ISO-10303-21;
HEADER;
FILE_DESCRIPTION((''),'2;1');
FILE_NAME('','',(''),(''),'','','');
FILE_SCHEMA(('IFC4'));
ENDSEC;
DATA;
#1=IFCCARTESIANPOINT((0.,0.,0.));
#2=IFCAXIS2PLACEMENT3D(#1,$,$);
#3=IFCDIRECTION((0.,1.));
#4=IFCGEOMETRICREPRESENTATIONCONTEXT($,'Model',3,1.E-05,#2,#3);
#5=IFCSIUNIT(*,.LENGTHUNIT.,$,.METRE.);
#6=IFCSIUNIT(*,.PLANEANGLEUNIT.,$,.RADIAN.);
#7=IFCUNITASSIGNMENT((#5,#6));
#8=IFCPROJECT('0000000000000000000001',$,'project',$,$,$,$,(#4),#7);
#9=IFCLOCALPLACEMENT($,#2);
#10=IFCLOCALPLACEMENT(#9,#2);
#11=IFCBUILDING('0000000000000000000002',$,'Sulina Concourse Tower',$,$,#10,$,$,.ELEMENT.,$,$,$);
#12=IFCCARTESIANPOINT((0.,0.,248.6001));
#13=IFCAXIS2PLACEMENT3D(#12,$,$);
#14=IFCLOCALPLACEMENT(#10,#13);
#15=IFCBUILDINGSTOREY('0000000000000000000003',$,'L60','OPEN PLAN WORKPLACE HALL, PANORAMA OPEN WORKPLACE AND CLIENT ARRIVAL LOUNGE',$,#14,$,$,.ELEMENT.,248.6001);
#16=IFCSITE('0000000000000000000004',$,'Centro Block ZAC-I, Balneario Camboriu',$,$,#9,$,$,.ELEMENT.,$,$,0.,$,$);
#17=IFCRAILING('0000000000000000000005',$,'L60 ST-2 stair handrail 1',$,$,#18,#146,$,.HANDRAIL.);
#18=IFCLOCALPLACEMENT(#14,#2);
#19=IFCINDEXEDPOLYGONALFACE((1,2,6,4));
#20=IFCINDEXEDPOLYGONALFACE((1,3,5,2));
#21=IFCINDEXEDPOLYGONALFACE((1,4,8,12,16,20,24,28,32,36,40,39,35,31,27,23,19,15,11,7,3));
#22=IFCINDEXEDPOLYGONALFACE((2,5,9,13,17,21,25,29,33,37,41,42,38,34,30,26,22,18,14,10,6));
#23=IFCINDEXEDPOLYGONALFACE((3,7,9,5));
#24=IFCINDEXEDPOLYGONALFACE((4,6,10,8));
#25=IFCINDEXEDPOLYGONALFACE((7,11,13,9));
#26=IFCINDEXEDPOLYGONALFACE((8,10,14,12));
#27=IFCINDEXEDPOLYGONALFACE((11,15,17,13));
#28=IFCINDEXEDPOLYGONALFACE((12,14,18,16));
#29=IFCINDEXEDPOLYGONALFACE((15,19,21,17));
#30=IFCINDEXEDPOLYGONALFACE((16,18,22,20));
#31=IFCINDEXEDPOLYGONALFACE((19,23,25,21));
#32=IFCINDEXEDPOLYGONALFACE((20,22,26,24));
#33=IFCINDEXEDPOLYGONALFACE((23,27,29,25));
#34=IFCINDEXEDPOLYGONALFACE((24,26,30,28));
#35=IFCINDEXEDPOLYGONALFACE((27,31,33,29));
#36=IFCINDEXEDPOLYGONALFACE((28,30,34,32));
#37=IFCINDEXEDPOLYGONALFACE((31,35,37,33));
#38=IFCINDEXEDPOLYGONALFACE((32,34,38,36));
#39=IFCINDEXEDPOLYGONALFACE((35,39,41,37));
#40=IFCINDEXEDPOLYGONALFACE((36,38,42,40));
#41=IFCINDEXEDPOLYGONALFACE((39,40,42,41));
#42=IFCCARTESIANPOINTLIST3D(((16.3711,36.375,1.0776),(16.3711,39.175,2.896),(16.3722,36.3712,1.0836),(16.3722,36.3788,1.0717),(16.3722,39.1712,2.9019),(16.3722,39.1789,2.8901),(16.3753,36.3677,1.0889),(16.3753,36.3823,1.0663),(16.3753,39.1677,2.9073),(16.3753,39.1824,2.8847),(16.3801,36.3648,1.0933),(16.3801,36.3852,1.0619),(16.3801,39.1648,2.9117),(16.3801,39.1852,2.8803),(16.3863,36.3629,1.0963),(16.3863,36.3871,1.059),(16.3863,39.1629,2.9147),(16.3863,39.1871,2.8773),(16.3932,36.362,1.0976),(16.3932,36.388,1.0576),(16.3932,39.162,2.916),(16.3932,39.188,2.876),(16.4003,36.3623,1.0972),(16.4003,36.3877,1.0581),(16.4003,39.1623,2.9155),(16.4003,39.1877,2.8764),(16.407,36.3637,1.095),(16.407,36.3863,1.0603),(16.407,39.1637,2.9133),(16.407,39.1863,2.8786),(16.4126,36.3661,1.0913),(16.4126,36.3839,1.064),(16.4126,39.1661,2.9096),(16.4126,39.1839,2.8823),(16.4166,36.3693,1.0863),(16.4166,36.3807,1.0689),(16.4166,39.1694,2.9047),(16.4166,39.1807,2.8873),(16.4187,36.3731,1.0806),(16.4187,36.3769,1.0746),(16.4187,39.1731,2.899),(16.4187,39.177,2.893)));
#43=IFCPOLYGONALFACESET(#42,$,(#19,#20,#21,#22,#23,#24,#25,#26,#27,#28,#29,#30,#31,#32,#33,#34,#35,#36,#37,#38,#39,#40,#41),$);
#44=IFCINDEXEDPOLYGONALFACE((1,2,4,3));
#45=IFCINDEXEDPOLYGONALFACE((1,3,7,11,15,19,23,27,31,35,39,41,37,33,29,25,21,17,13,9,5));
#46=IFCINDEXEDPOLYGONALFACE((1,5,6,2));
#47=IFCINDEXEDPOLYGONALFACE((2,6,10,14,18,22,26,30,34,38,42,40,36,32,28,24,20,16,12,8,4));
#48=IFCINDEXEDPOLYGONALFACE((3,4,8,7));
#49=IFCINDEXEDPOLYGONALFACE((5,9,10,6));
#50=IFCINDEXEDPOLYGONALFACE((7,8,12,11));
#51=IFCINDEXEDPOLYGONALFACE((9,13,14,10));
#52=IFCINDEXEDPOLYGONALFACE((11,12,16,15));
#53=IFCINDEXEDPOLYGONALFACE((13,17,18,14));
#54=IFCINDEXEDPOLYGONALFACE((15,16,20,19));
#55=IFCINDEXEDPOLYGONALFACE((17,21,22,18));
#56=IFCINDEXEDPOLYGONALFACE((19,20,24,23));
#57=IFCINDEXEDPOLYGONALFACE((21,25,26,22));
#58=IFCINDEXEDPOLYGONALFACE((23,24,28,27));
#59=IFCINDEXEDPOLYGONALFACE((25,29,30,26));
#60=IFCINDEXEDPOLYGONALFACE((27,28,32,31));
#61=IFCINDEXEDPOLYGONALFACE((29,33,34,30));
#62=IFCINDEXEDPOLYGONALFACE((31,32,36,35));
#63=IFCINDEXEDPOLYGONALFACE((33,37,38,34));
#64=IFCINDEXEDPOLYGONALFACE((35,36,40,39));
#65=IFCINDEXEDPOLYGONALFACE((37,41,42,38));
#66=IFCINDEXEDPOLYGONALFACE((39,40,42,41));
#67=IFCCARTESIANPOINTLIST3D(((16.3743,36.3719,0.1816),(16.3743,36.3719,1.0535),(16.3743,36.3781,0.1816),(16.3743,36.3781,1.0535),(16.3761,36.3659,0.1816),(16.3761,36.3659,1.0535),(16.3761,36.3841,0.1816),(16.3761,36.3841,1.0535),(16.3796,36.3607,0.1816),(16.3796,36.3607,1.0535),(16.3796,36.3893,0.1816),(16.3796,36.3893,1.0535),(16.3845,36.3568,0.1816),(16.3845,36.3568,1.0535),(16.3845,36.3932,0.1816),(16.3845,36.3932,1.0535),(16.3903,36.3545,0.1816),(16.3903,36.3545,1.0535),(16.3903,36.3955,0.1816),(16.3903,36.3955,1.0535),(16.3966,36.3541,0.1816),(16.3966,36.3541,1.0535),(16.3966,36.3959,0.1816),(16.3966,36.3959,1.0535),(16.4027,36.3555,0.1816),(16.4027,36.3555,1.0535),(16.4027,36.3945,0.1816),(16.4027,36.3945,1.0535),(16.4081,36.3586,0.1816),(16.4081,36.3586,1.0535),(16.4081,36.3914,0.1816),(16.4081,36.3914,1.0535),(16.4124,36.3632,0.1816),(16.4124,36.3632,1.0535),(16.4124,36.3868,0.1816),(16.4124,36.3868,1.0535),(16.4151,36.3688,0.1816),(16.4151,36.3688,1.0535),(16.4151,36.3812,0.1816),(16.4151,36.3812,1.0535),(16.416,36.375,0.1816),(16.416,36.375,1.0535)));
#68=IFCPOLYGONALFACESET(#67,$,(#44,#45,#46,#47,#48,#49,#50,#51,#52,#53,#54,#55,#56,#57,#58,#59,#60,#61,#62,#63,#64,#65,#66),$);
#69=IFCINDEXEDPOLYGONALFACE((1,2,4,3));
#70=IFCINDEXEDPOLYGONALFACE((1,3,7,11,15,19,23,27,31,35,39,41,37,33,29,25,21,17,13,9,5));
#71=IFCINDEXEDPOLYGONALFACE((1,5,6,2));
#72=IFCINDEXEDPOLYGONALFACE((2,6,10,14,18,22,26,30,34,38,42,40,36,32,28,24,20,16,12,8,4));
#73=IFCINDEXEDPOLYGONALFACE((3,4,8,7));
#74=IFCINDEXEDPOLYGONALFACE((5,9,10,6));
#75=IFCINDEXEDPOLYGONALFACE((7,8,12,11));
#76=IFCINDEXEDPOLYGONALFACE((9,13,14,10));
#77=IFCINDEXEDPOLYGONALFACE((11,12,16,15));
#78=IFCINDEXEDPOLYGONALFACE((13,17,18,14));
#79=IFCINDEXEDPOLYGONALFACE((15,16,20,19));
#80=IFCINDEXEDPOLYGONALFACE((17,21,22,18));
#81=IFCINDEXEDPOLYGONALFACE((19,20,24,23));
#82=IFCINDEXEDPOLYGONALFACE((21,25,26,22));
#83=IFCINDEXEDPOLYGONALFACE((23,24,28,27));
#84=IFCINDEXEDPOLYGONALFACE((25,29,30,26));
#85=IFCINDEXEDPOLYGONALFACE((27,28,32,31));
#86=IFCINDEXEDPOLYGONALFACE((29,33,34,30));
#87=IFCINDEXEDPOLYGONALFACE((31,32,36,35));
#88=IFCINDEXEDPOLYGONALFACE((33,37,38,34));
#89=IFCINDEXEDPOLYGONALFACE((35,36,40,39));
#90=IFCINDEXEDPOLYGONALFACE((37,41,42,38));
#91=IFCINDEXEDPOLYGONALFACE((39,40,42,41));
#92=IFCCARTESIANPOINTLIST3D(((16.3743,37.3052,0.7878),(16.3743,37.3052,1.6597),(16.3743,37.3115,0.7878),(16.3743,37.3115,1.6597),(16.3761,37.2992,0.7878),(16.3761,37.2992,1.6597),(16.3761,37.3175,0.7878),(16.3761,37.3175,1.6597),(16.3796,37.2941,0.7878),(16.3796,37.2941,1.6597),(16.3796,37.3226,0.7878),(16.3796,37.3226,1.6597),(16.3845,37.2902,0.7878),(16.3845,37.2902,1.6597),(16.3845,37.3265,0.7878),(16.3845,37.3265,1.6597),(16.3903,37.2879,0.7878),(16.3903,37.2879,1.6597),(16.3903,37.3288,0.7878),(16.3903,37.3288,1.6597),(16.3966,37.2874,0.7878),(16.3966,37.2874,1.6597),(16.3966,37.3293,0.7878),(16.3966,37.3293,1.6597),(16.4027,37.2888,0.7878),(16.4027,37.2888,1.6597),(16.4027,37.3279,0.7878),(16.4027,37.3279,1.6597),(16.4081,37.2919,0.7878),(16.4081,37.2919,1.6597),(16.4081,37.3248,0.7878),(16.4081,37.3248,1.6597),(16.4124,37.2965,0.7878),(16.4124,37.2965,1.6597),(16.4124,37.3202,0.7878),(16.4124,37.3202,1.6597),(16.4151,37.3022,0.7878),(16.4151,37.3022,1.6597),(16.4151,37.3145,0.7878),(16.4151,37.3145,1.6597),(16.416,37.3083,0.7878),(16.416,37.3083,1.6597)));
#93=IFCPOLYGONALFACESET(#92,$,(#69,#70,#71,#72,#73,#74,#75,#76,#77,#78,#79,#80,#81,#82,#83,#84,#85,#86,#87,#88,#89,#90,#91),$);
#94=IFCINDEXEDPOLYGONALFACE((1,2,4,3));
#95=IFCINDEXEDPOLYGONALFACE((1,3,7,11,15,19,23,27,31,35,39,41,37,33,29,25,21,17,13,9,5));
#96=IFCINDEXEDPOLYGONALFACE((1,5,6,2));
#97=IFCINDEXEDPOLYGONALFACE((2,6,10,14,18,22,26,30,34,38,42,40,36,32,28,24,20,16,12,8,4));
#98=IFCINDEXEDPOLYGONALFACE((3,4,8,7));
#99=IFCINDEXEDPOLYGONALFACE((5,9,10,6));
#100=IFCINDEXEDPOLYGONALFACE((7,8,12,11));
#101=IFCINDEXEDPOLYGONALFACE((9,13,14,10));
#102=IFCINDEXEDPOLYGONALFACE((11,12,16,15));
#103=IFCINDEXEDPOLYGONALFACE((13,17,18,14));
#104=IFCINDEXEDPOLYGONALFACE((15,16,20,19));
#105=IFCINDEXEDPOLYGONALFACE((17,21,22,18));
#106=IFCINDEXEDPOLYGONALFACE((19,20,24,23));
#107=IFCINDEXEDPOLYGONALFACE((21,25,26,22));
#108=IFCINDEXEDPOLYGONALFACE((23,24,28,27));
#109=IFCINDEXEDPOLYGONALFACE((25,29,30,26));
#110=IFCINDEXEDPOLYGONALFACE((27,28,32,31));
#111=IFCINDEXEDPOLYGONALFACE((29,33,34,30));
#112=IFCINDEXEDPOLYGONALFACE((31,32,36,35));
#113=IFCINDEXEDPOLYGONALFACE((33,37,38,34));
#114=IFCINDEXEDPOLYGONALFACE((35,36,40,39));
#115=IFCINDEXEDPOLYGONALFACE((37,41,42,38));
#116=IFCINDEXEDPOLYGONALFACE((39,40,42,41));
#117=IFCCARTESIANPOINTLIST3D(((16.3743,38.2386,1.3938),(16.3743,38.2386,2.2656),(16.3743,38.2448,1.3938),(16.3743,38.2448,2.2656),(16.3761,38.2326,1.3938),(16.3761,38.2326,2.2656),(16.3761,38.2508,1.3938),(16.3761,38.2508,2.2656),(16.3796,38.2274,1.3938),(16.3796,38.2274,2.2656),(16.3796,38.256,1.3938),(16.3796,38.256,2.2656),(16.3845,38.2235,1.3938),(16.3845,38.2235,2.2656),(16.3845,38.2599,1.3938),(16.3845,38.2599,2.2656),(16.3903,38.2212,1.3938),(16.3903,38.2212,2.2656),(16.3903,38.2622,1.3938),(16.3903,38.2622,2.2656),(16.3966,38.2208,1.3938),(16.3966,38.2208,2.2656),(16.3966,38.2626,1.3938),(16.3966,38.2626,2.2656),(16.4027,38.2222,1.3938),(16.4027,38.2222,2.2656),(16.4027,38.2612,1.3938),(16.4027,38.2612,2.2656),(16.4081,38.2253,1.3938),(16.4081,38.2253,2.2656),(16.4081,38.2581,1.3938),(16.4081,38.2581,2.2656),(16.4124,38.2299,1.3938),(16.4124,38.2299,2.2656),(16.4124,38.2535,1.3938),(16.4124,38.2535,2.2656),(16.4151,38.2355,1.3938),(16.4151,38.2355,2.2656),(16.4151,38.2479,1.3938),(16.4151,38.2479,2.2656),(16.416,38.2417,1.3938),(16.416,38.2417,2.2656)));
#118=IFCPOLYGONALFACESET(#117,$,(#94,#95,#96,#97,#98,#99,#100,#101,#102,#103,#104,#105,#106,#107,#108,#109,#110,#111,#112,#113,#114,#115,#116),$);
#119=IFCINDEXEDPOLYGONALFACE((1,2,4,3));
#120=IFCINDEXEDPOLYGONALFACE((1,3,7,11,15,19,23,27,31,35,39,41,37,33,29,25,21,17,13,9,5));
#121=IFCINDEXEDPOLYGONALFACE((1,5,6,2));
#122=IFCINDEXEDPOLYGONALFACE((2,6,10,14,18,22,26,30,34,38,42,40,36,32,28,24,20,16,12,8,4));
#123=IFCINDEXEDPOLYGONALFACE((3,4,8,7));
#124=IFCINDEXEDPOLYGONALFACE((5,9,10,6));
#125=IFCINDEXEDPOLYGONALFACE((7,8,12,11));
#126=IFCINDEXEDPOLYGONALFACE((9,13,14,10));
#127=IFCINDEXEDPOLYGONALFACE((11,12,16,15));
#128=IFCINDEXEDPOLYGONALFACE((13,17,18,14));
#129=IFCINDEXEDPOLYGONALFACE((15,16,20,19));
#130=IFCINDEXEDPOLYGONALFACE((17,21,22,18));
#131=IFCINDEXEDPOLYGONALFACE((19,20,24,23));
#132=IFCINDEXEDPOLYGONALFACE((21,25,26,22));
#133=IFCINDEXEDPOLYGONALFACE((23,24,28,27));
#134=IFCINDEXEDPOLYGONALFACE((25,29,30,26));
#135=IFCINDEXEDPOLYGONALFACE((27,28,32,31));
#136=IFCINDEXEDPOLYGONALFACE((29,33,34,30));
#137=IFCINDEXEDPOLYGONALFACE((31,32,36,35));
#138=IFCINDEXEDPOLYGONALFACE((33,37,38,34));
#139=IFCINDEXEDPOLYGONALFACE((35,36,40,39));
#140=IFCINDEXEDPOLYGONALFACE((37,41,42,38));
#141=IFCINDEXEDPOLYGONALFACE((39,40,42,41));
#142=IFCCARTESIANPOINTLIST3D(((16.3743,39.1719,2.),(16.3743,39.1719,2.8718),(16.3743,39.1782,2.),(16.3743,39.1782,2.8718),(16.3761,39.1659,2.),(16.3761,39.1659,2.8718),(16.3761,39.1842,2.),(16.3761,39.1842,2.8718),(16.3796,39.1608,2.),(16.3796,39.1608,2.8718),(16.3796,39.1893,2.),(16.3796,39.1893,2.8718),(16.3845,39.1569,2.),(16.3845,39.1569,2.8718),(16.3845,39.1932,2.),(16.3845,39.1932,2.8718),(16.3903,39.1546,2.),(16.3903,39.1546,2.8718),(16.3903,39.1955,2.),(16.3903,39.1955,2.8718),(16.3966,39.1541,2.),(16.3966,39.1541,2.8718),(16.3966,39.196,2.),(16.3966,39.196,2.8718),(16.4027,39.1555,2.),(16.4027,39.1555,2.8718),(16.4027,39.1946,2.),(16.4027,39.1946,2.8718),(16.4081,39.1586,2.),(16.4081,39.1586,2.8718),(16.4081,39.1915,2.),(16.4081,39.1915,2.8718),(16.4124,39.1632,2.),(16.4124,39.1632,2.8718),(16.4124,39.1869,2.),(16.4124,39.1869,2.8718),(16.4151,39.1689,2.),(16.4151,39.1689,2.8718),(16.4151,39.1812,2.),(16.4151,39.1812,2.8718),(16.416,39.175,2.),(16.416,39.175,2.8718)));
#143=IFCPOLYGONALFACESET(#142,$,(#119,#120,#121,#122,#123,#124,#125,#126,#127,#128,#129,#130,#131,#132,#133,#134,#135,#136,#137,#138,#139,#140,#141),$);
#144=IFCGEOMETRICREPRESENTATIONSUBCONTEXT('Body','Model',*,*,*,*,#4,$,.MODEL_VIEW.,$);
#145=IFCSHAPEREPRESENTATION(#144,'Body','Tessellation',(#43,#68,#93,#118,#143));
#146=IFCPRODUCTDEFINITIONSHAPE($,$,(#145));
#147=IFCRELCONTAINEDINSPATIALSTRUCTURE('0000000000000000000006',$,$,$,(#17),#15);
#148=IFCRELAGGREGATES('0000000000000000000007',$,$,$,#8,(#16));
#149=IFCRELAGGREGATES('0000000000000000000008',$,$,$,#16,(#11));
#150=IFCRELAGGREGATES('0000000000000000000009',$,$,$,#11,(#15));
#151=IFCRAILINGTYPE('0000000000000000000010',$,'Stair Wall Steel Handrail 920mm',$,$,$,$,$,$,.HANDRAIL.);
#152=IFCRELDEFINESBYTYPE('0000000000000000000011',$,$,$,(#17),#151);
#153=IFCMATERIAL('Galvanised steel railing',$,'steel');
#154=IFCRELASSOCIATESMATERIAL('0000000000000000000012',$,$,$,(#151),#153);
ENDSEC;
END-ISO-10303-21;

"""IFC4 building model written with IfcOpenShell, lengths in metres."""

from ifc_helpers import new_model, si_unit, direction, frame, origin, origin_2d, place, context, subcontext, project, spatial, circle, extrude, material, type_object, element, save


model = new_model("IFC4")

# Units and contexts
model_context = context("Model", 3, precision=1e-05, world=origin(), true_north=direction((0.0, 1.0)))
body_context = subcontext(model_context, "Body", "Model", "MODEL_VIEW")
ifc_project = project(units=[si_unit("LENGTHUNIT", "METRE"), si_unit("PLANEANGLEUNIT", "RADIAN")], contexts=[model_context])

# Site, building, storey
site_placement = place(None, origin())
site = spatial("IfcSite", under=ifc_project, at=site_placement, Name="Centro Block ZAC-I, Balneario Camboriu", CompositionType="ELEMENT", RefElevation=0.0)
building_placement = place(site_placement, origin())
building = spatial("IfcBuilding", under=site, at=building_placement, Name="Sulina Concourse Tower", CompositionType="ELEMENT")
storey_placement = place(building_placement, frame((0.0, 0.0, 248.6001)))
storey = spatial("IfcBuildingStorey", under=building, at=storey_placement, Name="L60", Description="OPEN PLAN WORKPLACE HALL, PANORAMA OPEN WORKPLACE AND CLIENT ARRIVAL LOUNGE", CompositionType="ELEMENT", Elevation=248.6001)

# Railing
ifc_material_1 = material(Name="Galvanised steel railing", Category="steel")
railing_type_1 = type_object("IfcRailingType", Name="Stair Wall Steel Handrail 920mm", PredefinedType="HANDRAIL", material=ifc_material_1)
railing_1_placement = place(storey_placement, frame((16.395, 36.375, 0.1816)))
element("IfcRailing", 1, at=railing_1_placement, inside=storey, type_object=railing_type_1, Name="L60 ST-2 stair handrail 1", PredefinedType="HANDRAIL", context=body_context, shape_type="SweptSolid", body=[
    extrude(circle(Radius=0.0239, at=origin_2d()), frame((0.0, 0.0, 0.896), z_axis=(0.0, 0.838672, 0.544636), x_axis=(-1.0, 0.0, 0.0)), (0.0, 0.0, 1.0), 3.3386),
    extrude(circle(Radius=0.021, at=origin_2d()), origin(), (0.0, 0.0, 1.0), 0.8718),
    extrude(circle(Radius=0.021, at=origin_2d()), frame((0.0, 0.9333, 0.6062)), (0.0, 0.0, 1.0), 0.8718),
    extrude(circle(Radius=0.021, at=origin_2d()), frame((0.0, 1.8667, 1.2122)), (0.0, 0.0, 1.0), 0.8718),
    extrude(circle(Radius=0.021, at=origin_2d()), frame((0.0, 2.8, 1.8184)), (0.0, 0.0, 1.0), 0.8718),
])

save(model, "model.ifc")
